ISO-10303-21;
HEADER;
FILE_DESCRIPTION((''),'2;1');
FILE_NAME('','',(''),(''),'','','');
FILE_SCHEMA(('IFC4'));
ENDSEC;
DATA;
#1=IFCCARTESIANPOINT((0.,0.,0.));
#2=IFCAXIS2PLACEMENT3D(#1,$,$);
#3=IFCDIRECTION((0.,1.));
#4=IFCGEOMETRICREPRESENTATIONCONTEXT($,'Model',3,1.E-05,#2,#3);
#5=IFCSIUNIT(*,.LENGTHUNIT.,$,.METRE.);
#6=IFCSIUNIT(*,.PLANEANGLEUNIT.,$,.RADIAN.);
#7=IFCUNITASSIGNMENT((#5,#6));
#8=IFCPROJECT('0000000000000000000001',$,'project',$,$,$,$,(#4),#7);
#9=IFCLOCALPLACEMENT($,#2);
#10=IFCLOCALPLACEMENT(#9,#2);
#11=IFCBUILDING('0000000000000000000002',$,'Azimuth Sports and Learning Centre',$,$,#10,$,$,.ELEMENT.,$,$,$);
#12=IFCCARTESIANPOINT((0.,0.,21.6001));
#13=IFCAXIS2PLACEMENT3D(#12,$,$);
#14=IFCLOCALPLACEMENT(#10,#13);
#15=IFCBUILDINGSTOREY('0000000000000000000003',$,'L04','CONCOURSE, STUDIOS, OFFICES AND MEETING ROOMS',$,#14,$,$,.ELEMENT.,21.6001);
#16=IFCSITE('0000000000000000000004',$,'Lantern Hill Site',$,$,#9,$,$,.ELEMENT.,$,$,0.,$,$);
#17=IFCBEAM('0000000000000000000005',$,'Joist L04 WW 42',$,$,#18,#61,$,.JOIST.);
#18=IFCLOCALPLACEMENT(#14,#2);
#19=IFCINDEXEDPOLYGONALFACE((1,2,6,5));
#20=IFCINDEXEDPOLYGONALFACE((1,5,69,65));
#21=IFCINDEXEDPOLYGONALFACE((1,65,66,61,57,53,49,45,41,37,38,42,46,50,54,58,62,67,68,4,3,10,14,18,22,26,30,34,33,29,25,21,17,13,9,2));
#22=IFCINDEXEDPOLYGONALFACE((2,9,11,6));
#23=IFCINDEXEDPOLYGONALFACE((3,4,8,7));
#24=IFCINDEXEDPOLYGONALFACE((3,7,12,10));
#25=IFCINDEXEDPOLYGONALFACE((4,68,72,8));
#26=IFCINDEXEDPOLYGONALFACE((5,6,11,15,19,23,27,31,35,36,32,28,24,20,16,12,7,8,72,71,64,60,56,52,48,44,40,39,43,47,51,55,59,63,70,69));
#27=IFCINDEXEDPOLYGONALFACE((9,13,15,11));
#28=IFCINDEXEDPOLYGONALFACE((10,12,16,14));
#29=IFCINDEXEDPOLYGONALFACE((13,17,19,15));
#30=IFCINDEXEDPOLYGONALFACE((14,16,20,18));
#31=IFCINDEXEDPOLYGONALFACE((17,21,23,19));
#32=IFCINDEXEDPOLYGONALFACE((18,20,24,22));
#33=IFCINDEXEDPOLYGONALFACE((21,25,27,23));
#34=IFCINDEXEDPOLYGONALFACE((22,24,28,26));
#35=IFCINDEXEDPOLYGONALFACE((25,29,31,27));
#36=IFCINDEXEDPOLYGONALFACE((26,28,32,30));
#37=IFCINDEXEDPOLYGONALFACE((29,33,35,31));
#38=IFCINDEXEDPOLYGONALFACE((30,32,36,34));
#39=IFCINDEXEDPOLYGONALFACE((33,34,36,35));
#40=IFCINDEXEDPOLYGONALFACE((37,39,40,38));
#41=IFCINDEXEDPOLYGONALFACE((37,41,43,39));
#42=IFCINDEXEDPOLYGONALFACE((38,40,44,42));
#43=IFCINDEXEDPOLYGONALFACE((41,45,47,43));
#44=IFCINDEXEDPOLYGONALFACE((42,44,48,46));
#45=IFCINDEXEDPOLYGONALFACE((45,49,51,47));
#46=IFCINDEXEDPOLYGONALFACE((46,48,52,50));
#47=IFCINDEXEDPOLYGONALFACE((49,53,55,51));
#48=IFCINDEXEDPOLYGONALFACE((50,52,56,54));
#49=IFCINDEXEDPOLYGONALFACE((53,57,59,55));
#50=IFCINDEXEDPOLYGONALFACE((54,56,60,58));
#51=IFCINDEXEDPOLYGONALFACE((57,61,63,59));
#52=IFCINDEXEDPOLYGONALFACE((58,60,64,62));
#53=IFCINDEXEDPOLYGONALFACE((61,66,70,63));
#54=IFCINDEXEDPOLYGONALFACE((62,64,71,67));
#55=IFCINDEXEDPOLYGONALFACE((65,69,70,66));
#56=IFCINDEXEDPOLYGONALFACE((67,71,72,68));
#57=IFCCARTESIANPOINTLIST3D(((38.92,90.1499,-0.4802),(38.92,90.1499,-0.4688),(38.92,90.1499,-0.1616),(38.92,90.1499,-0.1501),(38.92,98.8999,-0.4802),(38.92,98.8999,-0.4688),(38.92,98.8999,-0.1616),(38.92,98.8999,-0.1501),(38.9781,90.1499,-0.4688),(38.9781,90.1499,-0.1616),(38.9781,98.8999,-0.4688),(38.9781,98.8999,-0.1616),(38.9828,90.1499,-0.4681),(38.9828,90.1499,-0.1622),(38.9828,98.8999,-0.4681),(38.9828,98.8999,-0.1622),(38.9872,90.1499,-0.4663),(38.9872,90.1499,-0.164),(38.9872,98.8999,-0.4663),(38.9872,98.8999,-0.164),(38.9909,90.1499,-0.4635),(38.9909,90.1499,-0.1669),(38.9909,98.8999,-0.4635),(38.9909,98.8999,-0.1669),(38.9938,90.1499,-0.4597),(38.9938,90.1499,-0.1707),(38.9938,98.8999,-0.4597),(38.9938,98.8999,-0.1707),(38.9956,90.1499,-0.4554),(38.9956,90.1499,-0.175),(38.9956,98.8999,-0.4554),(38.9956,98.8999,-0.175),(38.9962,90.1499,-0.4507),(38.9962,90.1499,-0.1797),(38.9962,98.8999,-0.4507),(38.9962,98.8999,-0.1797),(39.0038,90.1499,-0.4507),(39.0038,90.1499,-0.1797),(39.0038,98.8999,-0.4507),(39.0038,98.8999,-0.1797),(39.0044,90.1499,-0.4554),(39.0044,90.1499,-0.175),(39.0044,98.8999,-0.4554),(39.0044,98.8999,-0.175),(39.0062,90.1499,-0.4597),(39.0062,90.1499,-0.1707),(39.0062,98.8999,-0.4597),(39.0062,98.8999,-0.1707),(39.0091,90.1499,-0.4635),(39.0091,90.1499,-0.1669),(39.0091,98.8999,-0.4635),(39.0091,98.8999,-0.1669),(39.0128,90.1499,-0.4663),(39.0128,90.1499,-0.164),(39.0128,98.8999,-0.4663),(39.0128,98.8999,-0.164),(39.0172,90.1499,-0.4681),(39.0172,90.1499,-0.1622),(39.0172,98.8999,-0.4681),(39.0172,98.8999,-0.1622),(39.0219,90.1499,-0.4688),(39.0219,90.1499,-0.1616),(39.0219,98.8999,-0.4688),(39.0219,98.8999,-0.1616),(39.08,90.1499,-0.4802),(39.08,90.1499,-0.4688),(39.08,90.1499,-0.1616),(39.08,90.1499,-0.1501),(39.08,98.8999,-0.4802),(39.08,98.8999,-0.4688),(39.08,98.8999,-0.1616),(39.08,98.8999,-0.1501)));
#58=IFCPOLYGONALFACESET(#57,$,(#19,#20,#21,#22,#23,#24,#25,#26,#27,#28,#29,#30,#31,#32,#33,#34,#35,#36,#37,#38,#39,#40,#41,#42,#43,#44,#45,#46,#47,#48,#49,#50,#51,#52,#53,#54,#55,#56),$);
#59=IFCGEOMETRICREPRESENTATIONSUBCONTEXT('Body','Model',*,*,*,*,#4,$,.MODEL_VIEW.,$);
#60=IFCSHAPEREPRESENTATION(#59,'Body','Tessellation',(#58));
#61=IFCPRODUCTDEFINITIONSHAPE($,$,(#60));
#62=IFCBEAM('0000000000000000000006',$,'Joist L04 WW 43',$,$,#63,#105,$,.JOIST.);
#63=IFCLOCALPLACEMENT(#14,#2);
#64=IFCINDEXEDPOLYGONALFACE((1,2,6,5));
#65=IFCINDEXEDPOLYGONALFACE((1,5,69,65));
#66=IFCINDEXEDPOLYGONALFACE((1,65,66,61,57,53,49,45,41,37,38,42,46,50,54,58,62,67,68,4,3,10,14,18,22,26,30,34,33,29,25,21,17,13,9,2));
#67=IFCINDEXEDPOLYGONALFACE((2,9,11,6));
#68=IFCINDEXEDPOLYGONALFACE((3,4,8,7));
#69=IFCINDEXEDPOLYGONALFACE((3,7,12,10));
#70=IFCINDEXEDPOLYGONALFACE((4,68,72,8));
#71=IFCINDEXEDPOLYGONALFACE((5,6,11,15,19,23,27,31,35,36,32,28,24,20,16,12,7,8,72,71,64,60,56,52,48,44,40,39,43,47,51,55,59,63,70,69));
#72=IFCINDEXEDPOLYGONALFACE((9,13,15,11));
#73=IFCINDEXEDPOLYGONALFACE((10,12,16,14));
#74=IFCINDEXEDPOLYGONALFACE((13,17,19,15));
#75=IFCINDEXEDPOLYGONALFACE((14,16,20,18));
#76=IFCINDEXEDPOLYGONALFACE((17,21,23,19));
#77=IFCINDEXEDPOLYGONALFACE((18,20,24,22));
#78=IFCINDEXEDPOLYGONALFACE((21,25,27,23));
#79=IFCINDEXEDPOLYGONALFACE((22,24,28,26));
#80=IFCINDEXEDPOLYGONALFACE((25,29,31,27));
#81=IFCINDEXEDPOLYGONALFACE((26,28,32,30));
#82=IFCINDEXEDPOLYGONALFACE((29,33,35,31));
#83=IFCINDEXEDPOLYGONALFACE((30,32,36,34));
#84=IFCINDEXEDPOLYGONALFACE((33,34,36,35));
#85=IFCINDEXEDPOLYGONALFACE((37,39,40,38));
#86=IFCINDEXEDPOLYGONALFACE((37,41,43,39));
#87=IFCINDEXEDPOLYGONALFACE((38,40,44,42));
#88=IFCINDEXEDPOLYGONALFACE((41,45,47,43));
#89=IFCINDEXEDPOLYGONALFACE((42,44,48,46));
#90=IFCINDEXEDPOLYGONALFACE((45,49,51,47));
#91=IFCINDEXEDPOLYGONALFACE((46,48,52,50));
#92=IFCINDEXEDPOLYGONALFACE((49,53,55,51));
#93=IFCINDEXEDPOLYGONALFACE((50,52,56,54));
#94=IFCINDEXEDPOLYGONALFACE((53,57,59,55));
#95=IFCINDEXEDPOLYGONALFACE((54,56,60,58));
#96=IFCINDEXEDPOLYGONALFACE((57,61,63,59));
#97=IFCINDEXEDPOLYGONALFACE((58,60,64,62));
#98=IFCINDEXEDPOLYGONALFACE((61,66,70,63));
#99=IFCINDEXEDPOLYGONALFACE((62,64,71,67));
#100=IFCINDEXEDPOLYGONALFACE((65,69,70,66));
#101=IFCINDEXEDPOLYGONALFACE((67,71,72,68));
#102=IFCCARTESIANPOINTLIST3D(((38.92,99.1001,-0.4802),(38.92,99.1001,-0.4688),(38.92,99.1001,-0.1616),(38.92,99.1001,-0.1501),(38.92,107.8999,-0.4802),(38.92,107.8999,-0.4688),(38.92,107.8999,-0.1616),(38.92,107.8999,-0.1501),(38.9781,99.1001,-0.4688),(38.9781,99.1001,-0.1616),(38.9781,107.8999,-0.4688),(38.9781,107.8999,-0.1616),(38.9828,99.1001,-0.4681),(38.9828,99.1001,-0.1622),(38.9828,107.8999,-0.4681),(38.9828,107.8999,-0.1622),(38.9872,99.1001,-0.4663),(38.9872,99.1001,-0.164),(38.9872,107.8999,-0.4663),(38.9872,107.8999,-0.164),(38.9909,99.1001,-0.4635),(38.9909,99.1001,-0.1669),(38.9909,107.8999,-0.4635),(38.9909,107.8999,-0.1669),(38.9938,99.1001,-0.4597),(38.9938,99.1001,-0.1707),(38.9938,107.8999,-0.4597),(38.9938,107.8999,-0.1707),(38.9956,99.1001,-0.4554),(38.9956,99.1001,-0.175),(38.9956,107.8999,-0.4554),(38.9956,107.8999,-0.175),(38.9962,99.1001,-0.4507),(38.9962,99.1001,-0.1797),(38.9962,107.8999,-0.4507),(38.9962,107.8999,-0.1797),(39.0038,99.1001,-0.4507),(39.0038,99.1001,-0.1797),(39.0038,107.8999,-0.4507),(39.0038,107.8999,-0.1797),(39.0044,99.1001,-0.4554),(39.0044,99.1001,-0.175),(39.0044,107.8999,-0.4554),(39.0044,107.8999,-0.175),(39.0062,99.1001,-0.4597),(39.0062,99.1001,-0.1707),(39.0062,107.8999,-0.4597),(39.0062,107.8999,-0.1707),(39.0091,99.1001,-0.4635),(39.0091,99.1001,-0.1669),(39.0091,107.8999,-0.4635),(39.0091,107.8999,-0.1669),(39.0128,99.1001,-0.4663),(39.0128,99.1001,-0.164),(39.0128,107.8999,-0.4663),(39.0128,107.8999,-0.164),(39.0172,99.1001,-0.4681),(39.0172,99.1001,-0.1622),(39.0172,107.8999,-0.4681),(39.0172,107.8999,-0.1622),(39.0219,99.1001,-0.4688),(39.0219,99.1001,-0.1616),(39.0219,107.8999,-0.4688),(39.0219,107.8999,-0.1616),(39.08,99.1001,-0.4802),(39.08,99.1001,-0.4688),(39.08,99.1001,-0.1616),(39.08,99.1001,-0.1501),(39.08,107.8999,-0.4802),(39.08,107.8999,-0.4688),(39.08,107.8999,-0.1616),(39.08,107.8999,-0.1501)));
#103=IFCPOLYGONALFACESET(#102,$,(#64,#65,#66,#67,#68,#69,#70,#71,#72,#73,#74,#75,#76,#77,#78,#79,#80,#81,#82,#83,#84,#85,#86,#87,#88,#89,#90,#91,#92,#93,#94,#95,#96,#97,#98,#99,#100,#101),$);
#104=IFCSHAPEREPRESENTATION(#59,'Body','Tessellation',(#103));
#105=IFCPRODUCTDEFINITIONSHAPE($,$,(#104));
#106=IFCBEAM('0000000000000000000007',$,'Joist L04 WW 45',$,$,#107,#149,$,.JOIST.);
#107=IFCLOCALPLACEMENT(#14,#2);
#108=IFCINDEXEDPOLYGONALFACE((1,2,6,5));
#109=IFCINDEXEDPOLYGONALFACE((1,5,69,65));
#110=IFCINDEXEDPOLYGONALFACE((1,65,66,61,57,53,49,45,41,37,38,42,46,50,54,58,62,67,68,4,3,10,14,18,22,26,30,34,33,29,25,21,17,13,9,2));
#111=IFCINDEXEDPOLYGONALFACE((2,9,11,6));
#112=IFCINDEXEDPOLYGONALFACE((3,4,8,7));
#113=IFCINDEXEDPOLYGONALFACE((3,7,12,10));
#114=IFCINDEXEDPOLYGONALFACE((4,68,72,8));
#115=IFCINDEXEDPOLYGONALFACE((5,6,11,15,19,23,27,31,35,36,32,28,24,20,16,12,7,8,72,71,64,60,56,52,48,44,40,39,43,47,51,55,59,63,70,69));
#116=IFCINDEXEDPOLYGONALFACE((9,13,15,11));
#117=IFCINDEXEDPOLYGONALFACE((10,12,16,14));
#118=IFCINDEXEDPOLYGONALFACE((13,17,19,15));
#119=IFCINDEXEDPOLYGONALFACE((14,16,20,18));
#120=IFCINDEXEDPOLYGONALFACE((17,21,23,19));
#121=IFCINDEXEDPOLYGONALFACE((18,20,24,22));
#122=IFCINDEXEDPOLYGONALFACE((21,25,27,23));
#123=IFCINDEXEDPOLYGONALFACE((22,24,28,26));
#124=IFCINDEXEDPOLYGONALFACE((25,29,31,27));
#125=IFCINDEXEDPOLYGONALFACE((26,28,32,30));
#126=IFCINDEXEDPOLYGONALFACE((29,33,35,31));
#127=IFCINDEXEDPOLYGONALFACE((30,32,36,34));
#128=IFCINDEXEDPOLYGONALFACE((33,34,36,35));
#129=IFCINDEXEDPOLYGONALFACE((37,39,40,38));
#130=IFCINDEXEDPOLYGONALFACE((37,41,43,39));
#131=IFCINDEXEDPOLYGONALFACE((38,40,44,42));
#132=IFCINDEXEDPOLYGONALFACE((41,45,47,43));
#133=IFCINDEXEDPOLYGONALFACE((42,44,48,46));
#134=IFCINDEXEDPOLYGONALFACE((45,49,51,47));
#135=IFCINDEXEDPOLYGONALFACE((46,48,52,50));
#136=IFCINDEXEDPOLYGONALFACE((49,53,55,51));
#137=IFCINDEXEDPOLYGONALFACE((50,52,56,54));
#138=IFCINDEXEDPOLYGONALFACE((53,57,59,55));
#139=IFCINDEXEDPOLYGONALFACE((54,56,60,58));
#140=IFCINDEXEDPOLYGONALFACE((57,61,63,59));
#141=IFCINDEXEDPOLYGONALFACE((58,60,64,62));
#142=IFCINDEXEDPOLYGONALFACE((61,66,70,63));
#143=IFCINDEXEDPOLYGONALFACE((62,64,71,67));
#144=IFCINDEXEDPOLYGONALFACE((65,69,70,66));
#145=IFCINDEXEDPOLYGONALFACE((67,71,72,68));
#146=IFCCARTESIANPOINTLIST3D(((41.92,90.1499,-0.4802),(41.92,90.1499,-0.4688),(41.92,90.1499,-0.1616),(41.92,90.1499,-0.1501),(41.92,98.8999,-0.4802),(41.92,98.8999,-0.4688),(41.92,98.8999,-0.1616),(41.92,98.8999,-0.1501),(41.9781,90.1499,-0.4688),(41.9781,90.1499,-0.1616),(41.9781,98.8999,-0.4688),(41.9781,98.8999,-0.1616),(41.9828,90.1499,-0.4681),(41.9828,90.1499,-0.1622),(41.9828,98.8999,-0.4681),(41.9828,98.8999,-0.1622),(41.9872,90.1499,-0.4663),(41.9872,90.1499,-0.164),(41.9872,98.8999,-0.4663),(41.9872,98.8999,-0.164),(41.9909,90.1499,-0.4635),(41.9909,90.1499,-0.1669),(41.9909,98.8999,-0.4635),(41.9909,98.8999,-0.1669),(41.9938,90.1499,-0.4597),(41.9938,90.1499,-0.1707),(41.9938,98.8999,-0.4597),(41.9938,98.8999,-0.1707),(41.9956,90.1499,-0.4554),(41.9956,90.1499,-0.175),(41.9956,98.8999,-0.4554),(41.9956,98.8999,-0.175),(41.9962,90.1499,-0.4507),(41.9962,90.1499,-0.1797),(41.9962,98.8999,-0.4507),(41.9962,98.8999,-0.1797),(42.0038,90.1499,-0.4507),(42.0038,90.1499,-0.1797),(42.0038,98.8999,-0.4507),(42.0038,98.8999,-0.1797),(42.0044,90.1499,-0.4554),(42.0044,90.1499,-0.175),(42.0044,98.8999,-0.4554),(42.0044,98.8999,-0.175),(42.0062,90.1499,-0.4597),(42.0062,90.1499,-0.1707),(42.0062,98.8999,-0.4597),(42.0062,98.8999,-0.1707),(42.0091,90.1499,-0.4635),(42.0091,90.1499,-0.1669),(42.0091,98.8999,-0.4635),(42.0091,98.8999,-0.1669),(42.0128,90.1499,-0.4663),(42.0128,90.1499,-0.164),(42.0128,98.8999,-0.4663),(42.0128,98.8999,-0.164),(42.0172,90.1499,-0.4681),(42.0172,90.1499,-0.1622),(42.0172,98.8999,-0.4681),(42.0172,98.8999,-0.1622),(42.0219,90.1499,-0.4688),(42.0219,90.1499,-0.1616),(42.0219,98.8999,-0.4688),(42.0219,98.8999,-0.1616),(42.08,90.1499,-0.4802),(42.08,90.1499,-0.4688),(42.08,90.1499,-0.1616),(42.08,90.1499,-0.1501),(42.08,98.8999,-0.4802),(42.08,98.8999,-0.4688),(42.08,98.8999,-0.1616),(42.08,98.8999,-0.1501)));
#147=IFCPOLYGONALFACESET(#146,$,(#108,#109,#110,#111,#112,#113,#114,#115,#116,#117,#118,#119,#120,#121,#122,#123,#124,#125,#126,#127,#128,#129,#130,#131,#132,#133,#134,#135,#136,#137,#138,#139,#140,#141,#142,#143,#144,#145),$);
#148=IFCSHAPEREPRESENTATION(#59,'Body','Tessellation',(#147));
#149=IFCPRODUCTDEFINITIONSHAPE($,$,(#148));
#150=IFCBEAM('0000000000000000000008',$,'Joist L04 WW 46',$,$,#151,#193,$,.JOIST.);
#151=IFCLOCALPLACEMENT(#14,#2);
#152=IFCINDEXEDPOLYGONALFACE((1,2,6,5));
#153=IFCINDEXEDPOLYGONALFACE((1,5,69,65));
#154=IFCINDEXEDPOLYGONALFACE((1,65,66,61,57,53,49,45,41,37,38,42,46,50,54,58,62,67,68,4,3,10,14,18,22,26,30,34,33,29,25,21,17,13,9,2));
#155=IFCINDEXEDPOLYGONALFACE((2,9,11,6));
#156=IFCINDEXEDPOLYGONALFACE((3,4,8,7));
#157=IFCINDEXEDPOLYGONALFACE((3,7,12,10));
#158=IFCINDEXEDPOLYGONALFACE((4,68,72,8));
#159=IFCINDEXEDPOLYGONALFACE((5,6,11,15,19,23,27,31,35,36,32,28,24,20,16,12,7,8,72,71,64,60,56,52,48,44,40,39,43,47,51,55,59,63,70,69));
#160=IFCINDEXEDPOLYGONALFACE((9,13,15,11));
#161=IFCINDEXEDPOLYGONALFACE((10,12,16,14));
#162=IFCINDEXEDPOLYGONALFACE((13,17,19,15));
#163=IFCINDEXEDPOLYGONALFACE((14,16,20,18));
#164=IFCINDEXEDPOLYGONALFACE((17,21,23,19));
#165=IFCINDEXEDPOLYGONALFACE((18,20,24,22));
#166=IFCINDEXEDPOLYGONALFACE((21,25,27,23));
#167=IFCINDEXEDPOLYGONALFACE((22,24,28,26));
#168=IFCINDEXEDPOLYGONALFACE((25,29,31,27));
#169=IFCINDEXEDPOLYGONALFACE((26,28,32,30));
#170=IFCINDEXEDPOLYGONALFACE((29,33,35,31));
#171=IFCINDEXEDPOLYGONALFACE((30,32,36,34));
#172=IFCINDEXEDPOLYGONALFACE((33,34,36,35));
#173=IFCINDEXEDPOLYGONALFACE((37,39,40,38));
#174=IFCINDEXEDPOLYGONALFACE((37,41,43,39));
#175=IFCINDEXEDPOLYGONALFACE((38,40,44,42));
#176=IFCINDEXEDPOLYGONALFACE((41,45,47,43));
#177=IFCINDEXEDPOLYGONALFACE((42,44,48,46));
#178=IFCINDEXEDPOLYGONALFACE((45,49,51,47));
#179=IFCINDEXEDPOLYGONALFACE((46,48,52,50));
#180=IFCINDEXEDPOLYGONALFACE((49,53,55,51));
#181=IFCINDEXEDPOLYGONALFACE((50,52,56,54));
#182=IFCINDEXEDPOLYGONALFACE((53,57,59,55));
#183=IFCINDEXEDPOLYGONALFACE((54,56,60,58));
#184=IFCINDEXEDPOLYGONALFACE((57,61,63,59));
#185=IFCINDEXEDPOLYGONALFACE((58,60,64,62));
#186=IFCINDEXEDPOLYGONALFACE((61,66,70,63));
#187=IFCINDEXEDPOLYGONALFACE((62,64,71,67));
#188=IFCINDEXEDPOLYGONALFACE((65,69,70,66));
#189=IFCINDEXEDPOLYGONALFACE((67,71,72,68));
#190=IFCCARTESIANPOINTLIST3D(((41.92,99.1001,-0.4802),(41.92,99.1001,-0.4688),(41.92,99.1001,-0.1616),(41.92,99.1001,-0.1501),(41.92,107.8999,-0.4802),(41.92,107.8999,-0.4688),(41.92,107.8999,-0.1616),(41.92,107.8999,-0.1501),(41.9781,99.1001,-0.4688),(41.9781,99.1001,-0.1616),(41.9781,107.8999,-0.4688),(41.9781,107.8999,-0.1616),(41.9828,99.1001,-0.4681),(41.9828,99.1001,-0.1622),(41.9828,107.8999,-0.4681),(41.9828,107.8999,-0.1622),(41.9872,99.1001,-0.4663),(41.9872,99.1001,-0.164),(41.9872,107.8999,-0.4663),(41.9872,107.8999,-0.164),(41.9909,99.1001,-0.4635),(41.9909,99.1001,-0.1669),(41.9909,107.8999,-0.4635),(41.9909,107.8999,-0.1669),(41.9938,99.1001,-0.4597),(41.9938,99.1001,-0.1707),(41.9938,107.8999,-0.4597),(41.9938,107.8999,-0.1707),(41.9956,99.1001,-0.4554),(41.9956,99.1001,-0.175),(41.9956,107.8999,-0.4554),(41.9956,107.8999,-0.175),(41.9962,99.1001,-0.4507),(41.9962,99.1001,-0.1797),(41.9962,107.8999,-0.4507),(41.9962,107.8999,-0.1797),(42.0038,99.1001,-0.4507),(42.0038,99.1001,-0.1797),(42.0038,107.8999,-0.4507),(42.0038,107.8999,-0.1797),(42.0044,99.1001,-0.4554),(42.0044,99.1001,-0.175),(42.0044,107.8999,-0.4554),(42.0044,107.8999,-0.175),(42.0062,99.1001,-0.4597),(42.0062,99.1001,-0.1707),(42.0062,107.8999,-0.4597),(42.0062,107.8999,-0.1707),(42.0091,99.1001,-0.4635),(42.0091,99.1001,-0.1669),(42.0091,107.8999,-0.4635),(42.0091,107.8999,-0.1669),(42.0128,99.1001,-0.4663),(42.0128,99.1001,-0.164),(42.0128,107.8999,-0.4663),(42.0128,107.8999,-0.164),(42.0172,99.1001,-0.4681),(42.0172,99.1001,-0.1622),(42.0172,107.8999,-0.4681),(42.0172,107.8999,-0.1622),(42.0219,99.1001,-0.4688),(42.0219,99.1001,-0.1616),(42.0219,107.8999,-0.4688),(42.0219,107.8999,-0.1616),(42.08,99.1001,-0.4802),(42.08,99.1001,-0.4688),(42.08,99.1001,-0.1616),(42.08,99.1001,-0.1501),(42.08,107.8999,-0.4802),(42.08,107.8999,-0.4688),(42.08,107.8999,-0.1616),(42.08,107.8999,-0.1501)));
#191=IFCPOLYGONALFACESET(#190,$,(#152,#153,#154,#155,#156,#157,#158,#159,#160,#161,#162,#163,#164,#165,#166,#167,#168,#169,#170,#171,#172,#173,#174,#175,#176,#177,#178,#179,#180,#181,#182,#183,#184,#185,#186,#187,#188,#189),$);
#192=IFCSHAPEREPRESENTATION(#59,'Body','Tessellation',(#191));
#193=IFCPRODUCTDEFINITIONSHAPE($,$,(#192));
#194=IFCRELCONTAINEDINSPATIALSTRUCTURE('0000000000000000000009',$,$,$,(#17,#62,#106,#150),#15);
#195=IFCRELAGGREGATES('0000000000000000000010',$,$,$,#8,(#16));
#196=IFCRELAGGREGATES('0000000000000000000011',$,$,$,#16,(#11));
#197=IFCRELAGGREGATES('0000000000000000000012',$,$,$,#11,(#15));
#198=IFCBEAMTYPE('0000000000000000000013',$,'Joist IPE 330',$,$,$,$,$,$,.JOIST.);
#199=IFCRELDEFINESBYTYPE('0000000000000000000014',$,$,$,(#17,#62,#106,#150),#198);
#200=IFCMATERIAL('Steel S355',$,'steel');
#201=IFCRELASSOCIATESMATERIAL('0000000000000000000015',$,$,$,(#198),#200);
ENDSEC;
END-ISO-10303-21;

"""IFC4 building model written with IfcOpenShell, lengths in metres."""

from ifc_helpers import new_model, si_unit, direction, frame, origin, origin_2d, place, context, subcontext, project, spatial, i_section, extrude, material, material_profile, profile_set, type_object, element, save


model = new_model("IFC4")

# Units and contexts
model_context = context("Model", 3, precision=1e-05, world=origin(), true_north=direction((0.0, 1.0)))
body_context = subcontext(model_context, "Body", "Model", "MODEL_VIEW")
ifc_project = project(units=[si_unit("LENGTHUNIT", "METRE"), si_unit("PLANEANGLEUNIT", "RADIAN")], contexts=[model_context])

# Site, building, storey
site_placement = place(None, origin())
site = spatial("IfcSite", under=ifc_project, at=site_placement, Name="Lantern Hill Site", CompositionType="ELEMENT", RefElevation=0.0)
building_placement = place(site_placement, origin())
building = spatial("IfcBuilding", under=site, at=building_placement, Name="Azimuth Sports and Learning Centre", CompositionType="ELEMENT")
storey_placement = place(building_placement, frame((0.0, 0.0, 21.6001)))
storey = spatial("IfcBuildingStorey", under=building, at=storey_placement, Name="L04", Description="CONCOURSE, STUDIOS, OFFICES AND MEETING ROOMS", CompositionType="ELEMENT", Elevation=21.6001)

# Beams
ifc_material_1 = material(Name="Steel S355", Category="steel")
ifc_material_profile_1 = material_profile(ifc_material_1, i_section(OverallWidth=0.1599, OverallDepth=0.3301, WebThickness=0.0076, FlangeThickness=0.0115, FilletRadius=0.0181, at=origin_2d()), Name="IPE 330")
ifc_profile_set_1 = profile_set([ifc_material_profile_1], Name="Steel S355")
beam_type_1 = type_object("IfcBeamType", Name="Joist IPE 330", PredefinedType="JOIST", material=ifc_profile_set_1)
beam_1_placement = place(storey_placement, frame((39.0, 90.1499, -0.3152), z_axis=(0.0, 1.0, 0.0), x_axis=(-1.0, 0.0, 0.0)))
element("IfcBeam", 1, at=beam_1_placement, inside=storey, type_object=beam_type_1, Name="Joist L04 WW 42", PredefinedType="JOIST", context=body_context, shape_type="SweptSolid", body=[
    extrude(i_section(OverallWidth=0.1599, OverallDepth=0.3301, WebThickness=0.0076, FlangeThickness=0.0115, FilletRadius=0.0181, at=origin_2d()), origin(), (0.0, 0.0, 1.0), 8.75),
])
beam_2_placement = place(storey_placement, frame((39.0, 99.1001, -0.3152), z_axis=(0.0, 1.0, 0.0), x_axis=(-1.0, 0.0, 0.0)))
element("IfcBeam", 2, at=beam_2_placement, inside=storey, type_object=beam_type_1, Name="Joist L04 WW 43", PredefinedType="JOIST", context=body_context, shape_type="SweptSolid", body=[
    extrude(i_section(OverallWidth=0.1599, OverallDepth=0.3301, WebThickness=0.0076, FlangeThickness=0.0115, FilletRadius=0.0181, at=origin_2d()), origin(), (0.0, 0.0, 1.0), 8.7998),
])
beam_3_placement = place(storey_placement, frame((42.0, 90.1499, -0.3152), z_axis=(0.0, 1.0, 0.0), x_axis=(-1.0, 0.0, 0.0)))
element("IfcBeam", 3, at=beam_3_placement, inside=storey, type_object=beam_type_1, Name="Joist L04 WW 45", PredefinedType="JOIST", context=body_context, shape_type="SweptSolid", body=[
    extrude(i_section(OverallWidth=0.1599, OverallDepth=0.3301, WebThickness=0.0076, FlangeThickness=0.0115, FilletRadius=0.0181, at=origin_2d()), origin(), (0.0, 0.0, 1.0), 8.75),
])
beam_4_placement = place(storey_placement, frame((42.0, 99.1001, -0.3152), z_axis=(0.0, 1.0, 0.0), x_axis=(-1.0, 0.0, 0.0)))
element("IfcBeam", 4, at=beam_4_placement, inside=storey, type_object=beam_type_1, Name="Joist L04 WW 46", PredefinedType="JOIST", context=body_context, shape_type="SweptSolid", body=[
    extrude(i_section(OverallWidth=0.1599, OverallDepth=0.3301, WebThickness=0.0076, FlangeThickness=0.0115, FilletRadius=0.0181, at=origin_2d()), origin(), (0.0, 0.0, 1.0), 8.7998),
])

save(model, "model.ifc")
